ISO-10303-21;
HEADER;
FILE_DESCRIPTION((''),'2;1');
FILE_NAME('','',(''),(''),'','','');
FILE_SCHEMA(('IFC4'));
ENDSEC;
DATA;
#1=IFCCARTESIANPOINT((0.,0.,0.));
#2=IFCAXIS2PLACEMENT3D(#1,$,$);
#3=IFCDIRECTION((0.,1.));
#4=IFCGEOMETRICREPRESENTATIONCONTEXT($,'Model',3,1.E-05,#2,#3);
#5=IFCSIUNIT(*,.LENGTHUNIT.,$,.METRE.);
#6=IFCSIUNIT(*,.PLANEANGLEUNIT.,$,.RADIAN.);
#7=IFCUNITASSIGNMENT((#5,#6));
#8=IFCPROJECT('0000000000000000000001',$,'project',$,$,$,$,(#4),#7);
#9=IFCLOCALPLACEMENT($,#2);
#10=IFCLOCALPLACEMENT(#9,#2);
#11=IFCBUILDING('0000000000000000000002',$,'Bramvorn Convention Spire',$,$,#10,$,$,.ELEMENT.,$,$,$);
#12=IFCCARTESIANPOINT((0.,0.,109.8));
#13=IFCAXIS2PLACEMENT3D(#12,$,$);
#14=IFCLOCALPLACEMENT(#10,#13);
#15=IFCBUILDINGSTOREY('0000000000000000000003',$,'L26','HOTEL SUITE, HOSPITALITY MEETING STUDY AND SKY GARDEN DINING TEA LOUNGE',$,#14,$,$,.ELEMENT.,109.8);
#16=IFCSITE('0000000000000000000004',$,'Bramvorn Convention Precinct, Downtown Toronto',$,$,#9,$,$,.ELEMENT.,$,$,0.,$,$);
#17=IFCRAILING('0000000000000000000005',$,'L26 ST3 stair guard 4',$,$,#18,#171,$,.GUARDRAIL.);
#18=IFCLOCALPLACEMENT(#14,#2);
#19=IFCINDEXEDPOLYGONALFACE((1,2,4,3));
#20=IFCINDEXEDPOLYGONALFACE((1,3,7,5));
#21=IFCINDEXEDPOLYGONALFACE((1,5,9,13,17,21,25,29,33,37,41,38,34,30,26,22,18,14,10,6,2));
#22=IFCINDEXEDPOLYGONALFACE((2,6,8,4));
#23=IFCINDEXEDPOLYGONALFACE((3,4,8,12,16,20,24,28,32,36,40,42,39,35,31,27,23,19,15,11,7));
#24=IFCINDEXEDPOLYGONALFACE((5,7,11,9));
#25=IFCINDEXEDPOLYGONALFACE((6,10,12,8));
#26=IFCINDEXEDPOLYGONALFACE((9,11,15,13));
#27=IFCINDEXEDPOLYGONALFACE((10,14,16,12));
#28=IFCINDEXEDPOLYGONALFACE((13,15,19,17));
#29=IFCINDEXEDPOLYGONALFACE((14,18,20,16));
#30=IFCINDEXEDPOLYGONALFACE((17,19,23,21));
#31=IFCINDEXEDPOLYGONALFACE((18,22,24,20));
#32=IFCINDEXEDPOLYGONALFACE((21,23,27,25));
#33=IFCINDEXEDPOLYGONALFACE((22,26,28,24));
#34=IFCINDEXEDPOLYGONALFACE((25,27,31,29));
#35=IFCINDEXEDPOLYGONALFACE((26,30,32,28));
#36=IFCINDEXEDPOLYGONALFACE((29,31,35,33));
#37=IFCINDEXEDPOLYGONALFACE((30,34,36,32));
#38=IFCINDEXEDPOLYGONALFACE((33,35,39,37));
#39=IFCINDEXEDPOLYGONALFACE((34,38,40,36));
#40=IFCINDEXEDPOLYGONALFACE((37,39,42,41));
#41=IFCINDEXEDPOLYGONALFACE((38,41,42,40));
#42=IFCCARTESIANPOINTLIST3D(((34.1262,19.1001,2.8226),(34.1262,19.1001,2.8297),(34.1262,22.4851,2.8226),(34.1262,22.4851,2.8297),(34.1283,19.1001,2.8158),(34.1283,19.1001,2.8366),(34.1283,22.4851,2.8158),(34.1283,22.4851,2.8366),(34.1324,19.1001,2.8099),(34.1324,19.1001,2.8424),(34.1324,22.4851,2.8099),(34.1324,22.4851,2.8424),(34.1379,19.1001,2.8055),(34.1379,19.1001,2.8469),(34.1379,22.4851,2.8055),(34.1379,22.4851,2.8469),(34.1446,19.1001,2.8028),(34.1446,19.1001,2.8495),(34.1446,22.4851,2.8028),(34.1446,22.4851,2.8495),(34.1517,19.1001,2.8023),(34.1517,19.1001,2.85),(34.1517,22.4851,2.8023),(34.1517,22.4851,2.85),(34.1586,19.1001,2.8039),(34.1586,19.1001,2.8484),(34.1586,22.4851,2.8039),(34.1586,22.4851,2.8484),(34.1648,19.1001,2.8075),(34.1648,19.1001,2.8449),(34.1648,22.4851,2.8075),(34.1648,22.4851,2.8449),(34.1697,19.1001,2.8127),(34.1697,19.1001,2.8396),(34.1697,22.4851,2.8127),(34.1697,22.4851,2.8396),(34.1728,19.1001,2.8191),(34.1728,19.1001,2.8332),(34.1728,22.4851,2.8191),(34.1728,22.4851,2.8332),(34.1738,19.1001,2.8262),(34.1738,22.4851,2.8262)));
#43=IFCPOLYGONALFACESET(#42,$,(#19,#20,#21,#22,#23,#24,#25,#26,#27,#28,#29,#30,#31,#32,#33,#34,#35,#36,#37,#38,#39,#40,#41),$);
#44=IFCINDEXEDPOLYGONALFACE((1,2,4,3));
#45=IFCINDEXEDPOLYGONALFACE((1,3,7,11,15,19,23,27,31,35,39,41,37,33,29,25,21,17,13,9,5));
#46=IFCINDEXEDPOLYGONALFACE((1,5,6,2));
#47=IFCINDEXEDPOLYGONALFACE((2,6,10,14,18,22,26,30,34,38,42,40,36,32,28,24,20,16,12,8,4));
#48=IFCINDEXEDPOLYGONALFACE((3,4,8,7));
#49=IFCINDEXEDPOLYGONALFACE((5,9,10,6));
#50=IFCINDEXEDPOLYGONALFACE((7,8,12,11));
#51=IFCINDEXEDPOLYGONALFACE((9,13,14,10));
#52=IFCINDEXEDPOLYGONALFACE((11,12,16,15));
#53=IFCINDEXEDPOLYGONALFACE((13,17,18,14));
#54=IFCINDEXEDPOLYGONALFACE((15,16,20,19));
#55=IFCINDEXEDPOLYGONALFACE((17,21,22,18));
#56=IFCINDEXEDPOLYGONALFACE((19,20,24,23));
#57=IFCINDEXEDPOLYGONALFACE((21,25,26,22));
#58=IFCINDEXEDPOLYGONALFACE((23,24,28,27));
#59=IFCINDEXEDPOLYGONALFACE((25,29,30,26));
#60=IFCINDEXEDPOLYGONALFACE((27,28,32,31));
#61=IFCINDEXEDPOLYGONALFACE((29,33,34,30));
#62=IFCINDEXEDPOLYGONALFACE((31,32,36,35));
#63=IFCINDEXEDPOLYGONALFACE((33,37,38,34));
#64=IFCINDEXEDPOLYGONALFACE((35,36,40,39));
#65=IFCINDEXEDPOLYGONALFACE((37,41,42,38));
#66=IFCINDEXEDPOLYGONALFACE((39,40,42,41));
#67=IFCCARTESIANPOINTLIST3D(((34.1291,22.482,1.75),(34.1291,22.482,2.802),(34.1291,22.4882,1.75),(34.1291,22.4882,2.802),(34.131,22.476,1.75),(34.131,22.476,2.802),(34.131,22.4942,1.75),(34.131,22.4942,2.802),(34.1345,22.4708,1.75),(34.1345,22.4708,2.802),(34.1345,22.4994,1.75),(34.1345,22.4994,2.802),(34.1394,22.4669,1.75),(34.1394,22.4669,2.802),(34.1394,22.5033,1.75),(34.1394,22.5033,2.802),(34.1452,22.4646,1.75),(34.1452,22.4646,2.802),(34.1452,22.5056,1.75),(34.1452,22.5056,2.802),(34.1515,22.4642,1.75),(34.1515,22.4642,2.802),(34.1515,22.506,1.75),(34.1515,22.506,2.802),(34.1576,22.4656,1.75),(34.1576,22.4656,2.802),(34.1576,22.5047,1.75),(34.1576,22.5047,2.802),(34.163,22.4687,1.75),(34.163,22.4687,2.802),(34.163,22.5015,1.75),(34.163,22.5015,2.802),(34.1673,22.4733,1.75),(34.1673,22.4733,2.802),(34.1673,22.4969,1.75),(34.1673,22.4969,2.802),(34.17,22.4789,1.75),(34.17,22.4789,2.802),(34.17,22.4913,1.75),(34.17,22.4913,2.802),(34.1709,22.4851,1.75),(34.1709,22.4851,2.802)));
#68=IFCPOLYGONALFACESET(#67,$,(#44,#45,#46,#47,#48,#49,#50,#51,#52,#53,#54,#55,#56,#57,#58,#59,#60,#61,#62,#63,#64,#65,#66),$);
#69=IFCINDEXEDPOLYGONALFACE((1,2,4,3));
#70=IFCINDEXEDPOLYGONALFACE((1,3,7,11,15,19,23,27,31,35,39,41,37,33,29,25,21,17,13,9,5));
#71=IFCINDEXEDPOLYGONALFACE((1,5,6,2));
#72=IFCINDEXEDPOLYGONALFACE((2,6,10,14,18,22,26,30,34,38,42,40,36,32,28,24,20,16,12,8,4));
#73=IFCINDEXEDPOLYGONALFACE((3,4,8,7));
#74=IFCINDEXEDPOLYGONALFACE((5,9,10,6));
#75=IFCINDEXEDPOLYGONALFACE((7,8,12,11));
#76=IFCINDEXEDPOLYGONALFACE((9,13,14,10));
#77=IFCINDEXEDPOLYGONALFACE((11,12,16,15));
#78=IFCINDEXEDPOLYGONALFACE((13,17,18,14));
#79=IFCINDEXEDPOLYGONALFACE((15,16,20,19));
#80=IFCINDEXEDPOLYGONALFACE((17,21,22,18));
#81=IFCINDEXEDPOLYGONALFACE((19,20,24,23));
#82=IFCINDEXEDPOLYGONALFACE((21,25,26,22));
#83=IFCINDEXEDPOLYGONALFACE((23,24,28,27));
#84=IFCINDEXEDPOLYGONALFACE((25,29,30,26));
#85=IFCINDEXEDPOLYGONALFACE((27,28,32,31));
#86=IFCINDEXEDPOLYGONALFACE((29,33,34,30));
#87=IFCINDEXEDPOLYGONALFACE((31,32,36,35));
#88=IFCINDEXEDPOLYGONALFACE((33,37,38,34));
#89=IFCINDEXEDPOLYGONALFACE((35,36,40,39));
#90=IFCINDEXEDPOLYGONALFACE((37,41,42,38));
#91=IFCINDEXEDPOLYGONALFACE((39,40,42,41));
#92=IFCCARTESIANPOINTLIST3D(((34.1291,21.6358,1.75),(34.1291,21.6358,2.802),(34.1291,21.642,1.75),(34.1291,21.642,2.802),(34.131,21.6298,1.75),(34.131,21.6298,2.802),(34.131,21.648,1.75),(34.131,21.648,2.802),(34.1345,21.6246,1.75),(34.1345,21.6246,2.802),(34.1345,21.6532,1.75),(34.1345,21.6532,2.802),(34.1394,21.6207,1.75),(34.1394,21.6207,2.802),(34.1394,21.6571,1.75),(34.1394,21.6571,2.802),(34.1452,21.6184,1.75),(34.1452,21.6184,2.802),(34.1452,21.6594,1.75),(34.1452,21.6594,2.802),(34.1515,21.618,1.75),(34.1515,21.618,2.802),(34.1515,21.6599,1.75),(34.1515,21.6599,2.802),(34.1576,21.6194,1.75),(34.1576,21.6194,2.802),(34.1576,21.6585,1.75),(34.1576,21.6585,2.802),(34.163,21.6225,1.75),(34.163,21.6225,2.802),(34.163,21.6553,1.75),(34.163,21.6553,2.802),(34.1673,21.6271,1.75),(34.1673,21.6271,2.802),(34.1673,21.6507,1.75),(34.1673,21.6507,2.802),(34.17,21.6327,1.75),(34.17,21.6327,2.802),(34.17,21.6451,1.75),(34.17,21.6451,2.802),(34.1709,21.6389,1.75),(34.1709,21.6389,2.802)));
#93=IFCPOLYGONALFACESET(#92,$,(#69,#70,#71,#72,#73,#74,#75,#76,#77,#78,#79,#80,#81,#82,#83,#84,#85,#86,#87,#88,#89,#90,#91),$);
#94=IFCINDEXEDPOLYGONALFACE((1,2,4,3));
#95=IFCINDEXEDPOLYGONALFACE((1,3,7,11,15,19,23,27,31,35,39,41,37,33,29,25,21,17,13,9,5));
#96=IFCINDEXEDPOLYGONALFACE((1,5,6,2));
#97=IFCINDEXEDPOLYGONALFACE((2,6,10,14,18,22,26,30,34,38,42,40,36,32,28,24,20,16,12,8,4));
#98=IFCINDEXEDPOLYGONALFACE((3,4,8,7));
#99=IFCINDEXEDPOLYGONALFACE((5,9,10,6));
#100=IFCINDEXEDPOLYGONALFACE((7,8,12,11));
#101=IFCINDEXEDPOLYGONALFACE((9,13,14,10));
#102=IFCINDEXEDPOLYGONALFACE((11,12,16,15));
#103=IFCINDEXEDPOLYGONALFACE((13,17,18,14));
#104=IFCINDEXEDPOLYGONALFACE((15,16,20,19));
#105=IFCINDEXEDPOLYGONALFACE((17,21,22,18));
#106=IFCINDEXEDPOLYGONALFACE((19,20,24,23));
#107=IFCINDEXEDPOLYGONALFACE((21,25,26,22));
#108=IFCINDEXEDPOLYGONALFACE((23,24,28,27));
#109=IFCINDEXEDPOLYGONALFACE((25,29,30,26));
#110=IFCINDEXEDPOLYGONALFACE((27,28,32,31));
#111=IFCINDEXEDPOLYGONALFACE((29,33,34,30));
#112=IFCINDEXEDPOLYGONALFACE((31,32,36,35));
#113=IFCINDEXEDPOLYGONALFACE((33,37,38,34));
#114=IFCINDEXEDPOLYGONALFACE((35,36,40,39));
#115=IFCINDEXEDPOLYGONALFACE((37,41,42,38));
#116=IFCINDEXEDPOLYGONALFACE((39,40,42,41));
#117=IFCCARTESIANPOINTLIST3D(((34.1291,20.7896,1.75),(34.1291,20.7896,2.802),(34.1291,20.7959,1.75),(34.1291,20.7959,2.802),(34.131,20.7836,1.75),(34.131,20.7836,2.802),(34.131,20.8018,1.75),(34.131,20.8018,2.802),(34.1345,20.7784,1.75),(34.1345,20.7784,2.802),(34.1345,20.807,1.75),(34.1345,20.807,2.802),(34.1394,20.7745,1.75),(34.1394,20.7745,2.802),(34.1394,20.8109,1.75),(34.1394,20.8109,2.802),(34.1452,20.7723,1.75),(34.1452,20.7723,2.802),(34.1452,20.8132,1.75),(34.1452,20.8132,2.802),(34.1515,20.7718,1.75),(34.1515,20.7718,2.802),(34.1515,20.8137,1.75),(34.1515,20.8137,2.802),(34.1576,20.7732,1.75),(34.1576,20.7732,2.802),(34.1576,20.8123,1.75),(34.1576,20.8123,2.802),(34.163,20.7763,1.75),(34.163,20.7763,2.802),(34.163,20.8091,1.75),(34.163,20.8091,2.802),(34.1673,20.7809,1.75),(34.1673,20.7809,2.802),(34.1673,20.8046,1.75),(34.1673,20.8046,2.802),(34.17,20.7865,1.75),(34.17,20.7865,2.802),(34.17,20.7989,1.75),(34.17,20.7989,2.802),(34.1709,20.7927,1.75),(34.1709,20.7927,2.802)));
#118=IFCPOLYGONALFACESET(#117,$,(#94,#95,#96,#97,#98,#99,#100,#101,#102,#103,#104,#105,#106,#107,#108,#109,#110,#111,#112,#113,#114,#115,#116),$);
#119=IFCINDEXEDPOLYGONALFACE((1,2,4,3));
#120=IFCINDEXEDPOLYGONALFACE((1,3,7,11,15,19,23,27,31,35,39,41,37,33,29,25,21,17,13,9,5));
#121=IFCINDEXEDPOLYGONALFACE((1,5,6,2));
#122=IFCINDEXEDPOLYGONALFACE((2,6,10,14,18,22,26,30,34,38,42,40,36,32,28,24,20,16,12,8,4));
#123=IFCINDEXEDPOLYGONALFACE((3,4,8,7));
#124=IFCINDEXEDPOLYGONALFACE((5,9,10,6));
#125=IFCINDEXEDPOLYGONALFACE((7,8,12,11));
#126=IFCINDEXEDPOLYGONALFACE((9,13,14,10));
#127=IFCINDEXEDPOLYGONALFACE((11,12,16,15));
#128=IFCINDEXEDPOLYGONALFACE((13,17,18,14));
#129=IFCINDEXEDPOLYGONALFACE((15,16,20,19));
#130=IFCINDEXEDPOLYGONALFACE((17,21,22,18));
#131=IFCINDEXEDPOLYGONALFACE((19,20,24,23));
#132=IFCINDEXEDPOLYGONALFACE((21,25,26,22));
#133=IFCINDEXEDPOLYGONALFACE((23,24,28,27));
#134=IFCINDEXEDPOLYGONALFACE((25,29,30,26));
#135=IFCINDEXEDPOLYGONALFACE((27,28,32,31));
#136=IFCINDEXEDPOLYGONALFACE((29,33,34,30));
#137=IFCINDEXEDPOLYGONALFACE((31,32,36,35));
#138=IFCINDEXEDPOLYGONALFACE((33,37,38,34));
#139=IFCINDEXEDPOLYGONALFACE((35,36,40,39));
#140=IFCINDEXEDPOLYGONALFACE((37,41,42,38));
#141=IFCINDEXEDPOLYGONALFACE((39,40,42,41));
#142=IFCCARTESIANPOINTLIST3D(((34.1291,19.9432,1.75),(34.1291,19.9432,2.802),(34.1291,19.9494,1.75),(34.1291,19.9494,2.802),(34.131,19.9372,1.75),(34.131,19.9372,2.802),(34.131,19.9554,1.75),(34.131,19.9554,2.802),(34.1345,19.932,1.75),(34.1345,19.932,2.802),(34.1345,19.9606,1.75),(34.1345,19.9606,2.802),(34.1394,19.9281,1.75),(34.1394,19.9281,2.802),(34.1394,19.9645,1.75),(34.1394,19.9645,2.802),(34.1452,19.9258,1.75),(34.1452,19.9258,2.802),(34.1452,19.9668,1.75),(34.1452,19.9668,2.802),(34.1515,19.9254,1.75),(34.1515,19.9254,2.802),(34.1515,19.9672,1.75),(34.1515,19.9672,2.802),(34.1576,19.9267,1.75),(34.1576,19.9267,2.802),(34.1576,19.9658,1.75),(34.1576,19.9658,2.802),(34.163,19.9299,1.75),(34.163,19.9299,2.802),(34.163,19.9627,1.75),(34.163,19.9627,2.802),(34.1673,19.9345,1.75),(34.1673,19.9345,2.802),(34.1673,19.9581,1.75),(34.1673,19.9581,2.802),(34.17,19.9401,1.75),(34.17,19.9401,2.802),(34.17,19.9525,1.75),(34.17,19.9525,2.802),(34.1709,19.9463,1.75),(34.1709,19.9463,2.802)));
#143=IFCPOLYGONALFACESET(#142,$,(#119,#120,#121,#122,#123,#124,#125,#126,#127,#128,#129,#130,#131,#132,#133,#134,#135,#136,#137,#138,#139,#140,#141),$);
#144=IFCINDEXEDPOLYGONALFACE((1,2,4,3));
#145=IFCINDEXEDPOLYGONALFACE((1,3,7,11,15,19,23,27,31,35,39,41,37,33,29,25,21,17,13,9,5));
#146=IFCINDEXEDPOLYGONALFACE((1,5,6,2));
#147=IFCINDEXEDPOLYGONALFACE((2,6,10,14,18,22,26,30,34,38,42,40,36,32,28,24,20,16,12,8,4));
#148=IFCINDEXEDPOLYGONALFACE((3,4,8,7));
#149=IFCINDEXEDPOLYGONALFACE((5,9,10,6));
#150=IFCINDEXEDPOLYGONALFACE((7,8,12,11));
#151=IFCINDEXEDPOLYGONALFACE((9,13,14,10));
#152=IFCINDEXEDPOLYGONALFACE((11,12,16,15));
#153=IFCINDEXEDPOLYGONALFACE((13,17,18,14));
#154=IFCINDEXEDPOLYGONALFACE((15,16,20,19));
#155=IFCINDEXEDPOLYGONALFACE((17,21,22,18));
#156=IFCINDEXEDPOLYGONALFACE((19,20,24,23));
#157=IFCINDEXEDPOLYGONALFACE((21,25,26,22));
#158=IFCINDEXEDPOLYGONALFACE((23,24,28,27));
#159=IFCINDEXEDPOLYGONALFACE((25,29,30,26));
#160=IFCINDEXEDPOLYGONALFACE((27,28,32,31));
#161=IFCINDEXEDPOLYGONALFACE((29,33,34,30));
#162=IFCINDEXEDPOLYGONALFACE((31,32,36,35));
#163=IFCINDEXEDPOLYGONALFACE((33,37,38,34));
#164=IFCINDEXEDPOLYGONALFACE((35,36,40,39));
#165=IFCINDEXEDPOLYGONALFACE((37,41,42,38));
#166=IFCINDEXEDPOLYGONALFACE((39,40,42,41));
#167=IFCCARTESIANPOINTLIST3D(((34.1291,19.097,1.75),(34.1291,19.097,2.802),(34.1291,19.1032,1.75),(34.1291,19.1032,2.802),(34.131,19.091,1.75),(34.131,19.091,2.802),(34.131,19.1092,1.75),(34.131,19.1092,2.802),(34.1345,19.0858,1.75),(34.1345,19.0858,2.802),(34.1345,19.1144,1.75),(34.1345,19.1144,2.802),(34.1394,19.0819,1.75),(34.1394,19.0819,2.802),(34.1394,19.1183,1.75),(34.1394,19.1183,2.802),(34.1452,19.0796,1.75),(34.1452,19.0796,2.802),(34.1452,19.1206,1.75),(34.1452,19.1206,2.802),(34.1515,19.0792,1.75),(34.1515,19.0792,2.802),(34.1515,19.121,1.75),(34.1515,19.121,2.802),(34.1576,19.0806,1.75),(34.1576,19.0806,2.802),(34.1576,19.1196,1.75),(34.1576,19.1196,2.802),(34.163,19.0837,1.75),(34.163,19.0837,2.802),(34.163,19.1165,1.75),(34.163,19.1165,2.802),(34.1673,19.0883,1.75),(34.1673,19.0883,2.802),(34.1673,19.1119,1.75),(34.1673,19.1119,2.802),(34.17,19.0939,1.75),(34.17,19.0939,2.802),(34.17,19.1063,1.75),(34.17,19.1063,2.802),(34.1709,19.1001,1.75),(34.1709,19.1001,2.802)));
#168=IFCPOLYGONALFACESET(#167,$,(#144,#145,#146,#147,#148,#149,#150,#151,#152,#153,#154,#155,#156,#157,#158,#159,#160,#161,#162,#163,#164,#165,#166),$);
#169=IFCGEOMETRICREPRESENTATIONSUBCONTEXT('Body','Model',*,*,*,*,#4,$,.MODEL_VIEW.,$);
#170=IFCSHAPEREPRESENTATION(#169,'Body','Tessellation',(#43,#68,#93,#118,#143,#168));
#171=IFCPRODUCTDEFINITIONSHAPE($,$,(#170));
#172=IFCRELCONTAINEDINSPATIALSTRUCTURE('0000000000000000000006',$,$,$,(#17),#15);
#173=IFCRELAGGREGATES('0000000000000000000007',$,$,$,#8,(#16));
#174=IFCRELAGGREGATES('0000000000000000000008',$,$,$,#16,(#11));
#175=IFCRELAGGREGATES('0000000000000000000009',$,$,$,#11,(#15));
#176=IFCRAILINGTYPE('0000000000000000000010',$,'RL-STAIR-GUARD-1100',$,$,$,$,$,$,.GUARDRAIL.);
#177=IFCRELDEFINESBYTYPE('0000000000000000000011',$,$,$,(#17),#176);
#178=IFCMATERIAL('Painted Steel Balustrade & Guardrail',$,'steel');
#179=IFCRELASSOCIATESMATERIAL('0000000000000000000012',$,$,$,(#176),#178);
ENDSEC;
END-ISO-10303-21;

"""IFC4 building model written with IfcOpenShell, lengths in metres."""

from ifc_helpers import new_model, si_unit, direction, frame, origin, origin_2d, place, context, subcontext, project, spatial, circle, extrude, material, type_object, element, save


model = new_model("IFC4")

# Units and contexts
model_context = context("Model", 3, precision=1e-05, world=origin(), true_north=direction((0.0, 1.0)))
body_context = subcontext(model_context, "Body", "Model", "MODEL_VIEW")
ifc_project = project(units=[si_unit("LENGTHUNIT", "METRE"), si_unit("PLANEANGLEUNIT", "RADIAN")], contexts=[model_context])

# Site, building, storey
site_placement = place(None, origin())
site = spatial("IfcSite", under=ifc_project, at=site_placement, Name="Bramvorn Convention Precinct, Downtown Toronto", CompositionType="ELEMENT", RefElevation=0.0)
building_placement = place(site_placement, origin())
building = spatial("IfcBuilding", under=site, at=building_placement, Name="Bramvorn Convention Spire", CompositionType="ELEMENT")
storey_placement = place(building_placement, frame((0.0, 0.0, 109.8)))
storey = spatial("IfcBuildingStorey", under=building, at=storey_placement, Name="L26", Description="HOTEL SUITE, HOSPITALITY MEETING STUDY AND SKY GARDEN DINING TEA LOUNGE", CompositionType="ELEMENT", Elevation=109.8)

# Railing
ifc_material_1 = material(Name="Painted Steel Balustrade & Guardrail", Category="steel")
railing_type_1 = type_object("IfcRailingType", Name="RL-STAIR-GUARD-1100", PredefinedType="GUARDRAIL", material=ifc_material_1)
railing_1_placement = place(storey_placement, frame((34.1499, 22.4851, 1.75)))
element("IfcRailing", 1, at=railing_1_placement, inside=storey, type_object=railing_type_1, Name="L26 ST3 stair guard 4", PredefinedType="GUARDRAIL", context=body_context, shape_type="SweptSolid", body=[
    extrude(circle(Radius=0.0239, at=origin_2d()), frame((0.0, 0.0, 1.0762), z_axis=(0.0, -1.0, 0.0), x_axis=(1.0, 0.0, 0.0)), (0.0, 0.0, 1.0), 3.385),
    extrude(circle(Radius=0.021, at=origin_2d()), origin(), (0.0, 0.0, 1.0), 1.052),
    extrude(circle(Radius=0.021, at=origin_2d()), frame((0.0, -0.8462, 0.0)), (0.0, 0.0, 1.0), 1.052),
    extrude(circle(Radius=0.021, at=origin_2d()), frame((0.0, -1.6924, 0.0)), (0.0, 0.0, 1.0), 1.052),
    extrude(circle(Radius=0.021, at=origin_2d()), frame((0.0, -2.5388, 0.0)), (0.0, 0.0, 1.0), 1.052),
    extrude(circle(Radius=0.021, at=origin_2d()), frame((0.0, -3.385, 0.0)), (0.0, 0.0, 1.0), 1.052),
])

save(model, "model.ifc")
